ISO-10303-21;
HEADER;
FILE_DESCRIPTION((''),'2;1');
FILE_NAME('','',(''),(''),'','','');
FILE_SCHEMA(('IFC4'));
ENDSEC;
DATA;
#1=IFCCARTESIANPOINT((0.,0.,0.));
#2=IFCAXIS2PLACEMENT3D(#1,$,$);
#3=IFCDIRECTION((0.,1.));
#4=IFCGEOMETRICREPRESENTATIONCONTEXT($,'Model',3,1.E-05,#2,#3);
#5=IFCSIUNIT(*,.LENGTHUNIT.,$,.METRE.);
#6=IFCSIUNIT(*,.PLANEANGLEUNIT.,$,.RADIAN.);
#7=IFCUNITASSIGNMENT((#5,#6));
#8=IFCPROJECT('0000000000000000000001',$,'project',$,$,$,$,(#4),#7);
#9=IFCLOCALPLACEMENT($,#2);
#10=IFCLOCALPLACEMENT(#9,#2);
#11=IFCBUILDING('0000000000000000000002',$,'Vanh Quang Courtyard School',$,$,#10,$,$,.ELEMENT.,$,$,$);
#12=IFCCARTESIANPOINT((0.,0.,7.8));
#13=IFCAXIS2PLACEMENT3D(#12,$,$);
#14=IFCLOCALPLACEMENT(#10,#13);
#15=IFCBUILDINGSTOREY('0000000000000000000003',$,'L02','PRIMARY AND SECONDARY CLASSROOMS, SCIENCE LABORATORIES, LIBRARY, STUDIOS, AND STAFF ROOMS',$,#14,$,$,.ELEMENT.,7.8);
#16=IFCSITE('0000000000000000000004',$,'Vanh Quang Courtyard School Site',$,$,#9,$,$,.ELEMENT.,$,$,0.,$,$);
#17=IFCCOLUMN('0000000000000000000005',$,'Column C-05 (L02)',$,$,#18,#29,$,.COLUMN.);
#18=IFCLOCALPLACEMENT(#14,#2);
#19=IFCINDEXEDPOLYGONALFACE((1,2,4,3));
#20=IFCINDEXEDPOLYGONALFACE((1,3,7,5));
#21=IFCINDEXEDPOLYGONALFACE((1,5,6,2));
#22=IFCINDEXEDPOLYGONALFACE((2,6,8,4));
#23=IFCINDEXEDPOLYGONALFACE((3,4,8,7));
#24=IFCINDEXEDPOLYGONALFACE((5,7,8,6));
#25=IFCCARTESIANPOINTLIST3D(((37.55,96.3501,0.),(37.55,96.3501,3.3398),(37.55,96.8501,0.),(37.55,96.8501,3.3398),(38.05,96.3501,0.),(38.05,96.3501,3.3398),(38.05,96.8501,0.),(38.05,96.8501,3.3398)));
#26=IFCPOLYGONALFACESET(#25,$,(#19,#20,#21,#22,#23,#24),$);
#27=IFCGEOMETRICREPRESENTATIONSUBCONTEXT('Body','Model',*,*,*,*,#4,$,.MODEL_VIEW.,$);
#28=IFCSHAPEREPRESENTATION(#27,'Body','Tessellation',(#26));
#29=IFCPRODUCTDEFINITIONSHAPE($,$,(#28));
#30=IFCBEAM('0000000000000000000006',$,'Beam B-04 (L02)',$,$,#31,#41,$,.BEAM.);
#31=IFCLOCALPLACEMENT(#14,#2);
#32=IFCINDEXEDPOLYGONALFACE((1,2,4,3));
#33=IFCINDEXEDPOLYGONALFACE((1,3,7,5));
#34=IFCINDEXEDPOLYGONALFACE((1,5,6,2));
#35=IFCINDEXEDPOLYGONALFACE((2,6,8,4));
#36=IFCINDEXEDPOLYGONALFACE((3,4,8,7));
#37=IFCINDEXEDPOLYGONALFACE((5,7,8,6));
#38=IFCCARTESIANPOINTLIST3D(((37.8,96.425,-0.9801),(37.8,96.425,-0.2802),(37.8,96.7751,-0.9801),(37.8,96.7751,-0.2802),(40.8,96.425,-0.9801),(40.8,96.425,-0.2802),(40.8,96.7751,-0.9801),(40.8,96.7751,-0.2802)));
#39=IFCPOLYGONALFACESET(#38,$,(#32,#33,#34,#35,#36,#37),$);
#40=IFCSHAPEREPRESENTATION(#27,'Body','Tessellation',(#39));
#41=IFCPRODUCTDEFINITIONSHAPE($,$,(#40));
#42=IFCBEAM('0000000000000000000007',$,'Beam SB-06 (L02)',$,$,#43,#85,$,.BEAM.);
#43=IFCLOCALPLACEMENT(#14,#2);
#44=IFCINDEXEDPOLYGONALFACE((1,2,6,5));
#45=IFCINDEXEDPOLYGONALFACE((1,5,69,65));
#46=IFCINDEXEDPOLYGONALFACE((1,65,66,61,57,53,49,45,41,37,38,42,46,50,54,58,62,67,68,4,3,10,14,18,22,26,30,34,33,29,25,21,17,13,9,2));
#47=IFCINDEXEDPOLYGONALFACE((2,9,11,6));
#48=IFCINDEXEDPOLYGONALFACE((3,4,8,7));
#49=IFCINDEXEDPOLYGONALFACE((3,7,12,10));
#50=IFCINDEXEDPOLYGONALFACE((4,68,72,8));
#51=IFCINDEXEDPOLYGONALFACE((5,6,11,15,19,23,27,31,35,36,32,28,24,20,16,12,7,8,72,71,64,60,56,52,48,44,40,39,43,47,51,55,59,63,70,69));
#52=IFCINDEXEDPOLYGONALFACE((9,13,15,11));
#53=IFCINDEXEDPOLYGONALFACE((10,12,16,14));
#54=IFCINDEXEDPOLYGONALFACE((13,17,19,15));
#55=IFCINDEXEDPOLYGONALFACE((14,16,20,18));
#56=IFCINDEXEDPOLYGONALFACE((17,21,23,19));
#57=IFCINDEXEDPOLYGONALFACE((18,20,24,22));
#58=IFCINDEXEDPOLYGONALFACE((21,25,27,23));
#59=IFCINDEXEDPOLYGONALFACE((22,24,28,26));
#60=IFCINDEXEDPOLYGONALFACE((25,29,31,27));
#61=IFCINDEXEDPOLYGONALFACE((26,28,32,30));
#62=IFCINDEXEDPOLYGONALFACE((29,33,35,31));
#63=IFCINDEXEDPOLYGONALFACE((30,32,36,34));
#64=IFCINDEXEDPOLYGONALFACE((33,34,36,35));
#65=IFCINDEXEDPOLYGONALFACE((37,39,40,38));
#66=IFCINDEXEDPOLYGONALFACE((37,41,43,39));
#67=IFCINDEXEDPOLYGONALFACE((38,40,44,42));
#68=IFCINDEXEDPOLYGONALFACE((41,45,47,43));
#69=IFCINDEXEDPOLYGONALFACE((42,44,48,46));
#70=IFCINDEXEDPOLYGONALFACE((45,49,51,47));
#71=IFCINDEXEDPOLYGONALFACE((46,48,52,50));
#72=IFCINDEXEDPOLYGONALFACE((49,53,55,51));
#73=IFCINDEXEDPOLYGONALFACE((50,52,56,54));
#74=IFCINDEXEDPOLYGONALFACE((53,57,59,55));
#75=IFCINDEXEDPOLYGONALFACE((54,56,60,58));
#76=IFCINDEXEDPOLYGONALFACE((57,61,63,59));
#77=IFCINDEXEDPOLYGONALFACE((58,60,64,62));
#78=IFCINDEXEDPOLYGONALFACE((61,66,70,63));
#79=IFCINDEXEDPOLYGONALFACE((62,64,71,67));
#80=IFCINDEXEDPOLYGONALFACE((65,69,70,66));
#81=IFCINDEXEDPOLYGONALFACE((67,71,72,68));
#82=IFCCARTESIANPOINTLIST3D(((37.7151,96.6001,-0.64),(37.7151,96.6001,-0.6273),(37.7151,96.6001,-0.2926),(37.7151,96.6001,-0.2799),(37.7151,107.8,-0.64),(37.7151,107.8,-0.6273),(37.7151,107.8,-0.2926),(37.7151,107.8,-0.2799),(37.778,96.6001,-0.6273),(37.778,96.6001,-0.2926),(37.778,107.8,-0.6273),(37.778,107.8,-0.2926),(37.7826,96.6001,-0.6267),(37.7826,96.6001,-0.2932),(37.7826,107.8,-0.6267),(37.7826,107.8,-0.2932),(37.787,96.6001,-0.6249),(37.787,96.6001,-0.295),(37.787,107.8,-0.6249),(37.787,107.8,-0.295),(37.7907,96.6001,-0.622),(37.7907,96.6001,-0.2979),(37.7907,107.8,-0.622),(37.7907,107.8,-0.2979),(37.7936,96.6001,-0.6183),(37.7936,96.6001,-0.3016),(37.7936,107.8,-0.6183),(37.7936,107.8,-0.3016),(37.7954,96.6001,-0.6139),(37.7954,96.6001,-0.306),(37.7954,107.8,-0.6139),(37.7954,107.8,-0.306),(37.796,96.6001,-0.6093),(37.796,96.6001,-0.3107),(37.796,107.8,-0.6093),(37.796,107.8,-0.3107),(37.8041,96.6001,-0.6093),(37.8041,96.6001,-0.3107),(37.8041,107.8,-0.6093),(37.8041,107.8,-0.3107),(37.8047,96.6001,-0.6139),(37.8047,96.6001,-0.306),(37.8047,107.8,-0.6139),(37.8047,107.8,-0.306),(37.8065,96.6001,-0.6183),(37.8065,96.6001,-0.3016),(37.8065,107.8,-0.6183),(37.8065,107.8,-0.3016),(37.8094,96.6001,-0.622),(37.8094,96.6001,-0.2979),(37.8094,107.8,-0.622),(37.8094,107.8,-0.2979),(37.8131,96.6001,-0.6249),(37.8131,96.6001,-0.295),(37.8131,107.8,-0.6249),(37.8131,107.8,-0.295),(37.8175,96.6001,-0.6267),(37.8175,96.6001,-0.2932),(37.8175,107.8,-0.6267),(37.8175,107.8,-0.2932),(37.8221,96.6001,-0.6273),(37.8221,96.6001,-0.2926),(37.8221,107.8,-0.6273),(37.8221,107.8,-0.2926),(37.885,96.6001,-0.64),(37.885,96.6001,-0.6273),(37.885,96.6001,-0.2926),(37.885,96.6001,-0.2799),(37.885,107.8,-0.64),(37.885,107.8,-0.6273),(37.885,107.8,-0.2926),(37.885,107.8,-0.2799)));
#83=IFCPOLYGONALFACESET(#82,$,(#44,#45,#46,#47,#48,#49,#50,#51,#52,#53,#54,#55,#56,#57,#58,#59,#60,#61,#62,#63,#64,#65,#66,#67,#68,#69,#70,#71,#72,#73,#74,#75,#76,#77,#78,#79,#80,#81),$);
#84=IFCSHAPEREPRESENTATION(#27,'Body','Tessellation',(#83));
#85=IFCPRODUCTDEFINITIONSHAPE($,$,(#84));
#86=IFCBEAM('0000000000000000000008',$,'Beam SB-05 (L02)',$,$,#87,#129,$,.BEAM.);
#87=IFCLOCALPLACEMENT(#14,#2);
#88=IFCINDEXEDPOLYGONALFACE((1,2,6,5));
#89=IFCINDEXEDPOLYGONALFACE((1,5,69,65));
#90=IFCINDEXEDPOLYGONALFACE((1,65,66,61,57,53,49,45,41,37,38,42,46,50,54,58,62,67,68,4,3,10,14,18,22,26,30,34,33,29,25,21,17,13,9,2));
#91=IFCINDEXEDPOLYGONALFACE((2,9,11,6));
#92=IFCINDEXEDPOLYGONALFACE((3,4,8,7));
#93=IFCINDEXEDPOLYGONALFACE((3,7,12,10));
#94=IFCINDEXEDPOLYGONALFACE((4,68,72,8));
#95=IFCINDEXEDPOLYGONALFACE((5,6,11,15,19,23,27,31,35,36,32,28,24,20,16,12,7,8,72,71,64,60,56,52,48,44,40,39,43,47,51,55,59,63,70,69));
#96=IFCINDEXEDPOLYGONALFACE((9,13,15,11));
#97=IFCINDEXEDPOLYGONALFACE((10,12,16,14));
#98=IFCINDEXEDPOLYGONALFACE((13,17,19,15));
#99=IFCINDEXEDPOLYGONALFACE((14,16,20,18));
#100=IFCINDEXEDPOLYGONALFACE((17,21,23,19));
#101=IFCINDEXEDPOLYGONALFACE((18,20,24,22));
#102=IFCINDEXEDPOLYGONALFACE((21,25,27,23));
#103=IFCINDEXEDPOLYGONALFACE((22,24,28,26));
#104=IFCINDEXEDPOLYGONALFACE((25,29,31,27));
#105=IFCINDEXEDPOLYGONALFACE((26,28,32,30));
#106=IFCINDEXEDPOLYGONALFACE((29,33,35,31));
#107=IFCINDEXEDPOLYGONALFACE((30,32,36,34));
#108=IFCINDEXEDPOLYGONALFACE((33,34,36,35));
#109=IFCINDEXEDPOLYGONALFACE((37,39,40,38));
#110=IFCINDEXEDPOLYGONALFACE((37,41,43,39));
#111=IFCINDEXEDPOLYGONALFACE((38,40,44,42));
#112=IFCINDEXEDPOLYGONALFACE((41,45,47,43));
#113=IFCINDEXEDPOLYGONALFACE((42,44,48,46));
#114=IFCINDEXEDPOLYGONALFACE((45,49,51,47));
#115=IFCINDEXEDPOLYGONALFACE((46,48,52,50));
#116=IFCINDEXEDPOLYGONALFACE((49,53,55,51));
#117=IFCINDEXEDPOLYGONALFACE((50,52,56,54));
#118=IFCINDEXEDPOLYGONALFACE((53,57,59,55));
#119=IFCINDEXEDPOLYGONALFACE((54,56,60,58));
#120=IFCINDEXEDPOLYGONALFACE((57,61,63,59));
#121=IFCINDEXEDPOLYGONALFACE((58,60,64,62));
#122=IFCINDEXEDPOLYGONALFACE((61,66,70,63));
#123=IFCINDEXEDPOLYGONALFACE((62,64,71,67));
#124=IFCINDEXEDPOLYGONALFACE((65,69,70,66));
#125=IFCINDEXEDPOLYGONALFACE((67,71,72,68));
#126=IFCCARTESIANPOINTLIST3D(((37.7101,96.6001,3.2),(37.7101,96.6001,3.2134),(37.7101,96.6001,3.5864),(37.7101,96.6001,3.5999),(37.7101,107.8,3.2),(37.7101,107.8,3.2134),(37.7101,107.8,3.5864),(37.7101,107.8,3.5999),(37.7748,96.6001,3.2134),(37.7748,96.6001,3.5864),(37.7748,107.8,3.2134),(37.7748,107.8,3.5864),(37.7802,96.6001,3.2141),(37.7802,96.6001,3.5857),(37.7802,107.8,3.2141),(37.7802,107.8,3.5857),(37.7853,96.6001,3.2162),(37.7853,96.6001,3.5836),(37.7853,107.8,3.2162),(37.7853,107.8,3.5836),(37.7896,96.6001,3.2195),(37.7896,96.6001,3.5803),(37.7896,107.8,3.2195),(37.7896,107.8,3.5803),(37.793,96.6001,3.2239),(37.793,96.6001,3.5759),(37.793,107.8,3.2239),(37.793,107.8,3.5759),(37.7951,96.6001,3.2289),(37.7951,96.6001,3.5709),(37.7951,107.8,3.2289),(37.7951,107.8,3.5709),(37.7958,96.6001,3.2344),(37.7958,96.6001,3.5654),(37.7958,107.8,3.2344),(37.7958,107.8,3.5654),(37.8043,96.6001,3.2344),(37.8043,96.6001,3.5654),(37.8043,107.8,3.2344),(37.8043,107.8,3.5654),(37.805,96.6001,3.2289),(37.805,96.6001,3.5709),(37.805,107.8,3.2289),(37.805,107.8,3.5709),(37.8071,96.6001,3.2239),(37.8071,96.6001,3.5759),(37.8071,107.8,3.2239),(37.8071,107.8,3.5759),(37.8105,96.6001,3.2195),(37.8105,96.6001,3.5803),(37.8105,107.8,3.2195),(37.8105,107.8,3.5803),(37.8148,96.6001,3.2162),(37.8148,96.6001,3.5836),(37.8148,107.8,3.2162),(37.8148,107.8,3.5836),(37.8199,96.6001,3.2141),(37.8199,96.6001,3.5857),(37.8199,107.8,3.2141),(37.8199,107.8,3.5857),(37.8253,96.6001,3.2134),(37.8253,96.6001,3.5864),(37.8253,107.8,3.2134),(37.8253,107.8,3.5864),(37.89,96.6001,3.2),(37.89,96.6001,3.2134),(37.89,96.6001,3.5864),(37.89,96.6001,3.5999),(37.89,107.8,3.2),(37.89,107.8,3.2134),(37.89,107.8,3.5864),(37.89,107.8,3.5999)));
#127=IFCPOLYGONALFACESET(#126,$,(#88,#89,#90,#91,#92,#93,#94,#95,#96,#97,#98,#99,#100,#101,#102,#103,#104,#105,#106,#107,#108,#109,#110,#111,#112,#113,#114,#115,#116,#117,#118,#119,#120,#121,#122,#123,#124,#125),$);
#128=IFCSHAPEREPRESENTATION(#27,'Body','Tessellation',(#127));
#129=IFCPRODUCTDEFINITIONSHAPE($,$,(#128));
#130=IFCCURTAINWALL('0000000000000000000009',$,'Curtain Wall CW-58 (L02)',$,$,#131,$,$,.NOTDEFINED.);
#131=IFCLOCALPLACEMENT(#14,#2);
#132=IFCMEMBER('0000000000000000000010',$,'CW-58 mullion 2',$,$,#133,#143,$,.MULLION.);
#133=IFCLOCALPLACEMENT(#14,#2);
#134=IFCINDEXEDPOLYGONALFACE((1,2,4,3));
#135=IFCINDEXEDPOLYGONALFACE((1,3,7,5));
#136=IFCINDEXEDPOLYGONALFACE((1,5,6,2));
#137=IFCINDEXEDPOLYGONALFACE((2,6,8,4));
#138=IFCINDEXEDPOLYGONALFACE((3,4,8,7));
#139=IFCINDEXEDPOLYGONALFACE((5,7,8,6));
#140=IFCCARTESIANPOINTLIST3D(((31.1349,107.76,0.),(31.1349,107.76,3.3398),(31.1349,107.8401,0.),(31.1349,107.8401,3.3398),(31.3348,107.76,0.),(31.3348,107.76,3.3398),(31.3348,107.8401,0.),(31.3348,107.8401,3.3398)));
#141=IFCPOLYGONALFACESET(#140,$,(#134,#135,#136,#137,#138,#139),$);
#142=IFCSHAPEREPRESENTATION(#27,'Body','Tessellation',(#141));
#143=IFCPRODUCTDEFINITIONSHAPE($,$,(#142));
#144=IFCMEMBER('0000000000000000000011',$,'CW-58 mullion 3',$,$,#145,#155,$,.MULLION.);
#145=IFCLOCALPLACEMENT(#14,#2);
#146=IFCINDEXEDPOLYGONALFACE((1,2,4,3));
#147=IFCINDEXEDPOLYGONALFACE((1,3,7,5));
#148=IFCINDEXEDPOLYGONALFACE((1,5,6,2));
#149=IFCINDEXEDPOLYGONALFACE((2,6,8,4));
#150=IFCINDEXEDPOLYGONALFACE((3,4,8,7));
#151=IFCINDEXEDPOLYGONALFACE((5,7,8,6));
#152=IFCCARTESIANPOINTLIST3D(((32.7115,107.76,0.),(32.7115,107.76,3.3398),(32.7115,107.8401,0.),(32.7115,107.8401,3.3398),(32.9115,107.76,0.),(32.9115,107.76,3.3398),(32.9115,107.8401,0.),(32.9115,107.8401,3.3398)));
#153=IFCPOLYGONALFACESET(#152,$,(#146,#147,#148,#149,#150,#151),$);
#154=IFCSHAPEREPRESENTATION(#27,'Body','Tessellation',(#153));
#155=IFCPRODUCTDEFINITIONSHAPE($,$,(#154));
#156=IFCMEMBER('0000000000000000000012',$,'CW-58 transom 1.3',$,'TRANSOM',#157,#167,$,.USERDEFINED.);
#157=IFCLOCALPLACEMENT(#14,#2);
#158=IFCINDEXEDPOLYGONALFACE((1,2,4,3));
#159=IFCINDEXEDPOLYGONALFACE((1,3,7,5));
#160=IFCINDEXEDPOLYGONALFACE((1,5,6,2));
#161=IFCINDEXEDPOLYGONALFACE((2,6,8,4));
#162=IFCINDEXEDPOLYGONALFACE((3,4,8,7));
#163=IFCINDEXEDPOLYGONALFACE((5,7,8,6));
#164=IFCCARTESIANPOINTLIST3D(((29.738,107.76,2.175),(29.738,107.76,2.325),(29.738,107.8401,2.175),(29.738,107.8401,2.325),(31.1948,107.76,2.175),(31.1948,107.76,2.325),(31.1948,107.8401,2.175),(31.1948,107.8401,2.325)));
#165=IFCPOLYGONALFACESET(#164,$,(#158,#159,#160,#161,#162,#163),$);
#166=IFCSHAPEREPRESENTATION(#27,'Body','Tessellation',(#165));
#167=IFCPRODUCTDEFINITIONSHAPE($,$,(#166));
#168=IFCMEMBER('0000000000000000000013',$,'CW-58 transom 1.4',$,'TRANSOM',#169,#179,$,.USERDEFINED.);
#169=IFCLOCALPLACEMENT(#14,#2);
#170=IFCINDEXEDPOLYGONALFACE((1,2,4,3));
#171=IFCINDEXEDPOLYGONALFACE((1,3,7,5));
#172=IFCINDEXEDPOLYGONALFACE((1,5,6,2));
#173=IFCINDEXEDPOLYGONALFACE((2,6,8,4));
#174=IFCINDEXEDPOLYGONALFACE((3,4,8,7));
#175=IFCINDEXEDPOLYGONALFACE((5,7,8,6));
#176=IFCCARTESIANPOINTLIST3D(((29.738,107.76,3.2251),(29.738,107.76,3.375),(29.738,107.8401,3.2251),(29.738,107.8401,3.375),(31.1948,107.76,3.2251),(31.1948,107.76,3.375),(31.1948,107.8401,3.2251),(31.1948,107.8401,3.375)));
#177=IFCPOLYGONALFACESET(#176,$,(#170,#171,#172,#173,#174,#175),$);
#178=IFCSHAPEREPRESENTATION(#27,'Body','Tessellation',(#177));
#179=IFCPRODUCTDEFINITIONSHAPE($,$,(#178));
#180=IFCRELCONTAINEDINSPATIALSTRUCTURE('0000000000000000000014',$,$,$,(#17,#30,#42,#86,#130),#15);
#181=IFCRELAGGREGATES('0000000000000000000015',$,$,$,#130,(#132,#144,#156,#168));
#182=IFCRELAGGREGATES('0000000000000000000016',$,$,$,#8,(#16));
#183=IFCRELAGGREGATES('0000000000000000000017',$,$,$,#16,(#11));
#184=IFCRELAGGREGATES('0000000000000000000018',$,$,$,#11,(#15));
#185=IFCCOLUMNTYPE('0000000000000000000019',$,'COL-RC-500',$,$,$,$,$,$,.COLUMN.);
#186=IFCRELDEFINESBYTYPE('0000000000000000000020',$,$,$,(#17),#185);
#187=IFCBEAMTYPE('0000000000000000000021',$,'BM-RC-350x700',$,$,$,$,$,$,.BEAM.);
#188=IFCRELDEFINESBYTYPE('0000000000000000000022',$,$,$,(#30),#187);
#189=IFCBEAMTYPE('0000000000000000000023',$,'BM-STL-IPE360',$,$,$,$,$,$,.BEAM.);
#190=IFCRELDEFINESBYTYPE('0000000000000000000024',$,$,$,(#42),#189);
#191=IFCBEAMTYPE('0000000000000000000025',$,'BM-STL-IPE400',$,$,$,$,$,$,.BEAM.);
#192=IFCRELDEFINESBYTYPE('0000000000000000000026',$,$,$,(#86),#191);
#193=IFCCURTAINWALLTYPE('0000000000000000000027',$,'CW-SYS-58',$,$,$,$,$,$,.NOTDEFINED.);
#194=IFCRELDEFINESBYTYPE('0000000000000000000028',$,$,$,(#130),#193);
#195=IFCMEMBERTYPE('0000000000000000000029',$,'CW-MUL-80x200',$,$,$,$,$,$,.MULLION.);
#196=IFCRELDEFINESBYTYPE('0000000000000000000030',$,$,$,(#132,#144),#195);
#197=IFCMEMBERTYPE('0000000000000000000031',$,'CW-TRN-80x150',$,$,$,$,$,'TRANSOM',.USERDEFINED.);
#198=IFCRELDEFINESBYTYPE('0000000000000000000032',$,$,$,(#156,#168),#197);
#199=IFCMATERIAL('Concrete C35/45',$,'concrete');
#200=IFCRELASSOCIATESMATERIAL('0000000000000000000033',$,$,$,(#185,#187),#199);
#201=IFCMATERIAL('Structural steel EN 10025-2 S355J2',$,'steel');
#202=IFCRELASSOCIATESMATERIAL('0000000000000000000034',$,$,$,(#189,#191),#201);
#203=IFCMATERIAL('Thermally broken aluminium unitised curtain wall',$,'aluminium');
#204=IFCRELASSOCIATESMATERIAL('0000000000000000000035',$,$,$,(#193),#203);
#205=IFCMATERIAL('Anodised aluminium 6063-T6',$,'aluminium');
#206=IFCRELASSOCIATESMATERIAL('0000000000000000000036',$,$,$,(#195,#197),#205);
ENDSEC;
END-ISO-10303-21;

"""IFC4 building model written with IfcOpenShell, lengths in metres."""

from ifc_helpers import new_model, si_unit, direction, frame, origin, origin_2d, place, context, subcontext, project, spatial, rectangle, i_section, extrude, material, material_profile, profile_set, type_object, element, aggregate, save


model = new_model("IFC4")

# Units and contexts
model_context = context("Model", 3, precision=1e-05, world=origin(), true_north=direction((0.0, 1.0)))
body_context = subcontext(model_context, "Body", "Model", "MODEL_VIEW")
ifc_project = project(units=[si_unit("LENGTHUNIT", "METRE"), si_unit("PLANEANGLEUNIT", "RADIAN")], contexts=[model_context])

# Site, building, storey
site_placement = place(None, origin())
site = spatial("IfcSite", under=ifc_project, at=site_placement, Name="Vanh Quang Courtyard School Site", CompositionType="ELEMENT", RefElevation=0.0)
building_placement = place(site_placement, origin())
building = spatial("IfcBuilding", under=site, at=building_placement, Name="Vanh Quang Courtyard School", CompositionType="ELEMENT")
storey_placement = place(building_placement, frame((0.0, 0.0, 7.8)))
storey = spatial("IfcBuildingStorey", under=building, at=storey_placement, Name="L02", Description="PRIMARY AND SECONDARY CLASSROOMS, SCIENCE LABORATORIES, LIBRARY, STUDIOS, AND STAFF ROOMS", CompositionType="ELEMENT", Elevation=7.8)

# Column
ifc_material_1 = material(Name="Concrete C35/45", Category="concrete")
ifc_material_profile_1 = material_profile(ifc_material_1, rectangle(XDim=0.5, YDim=0.5, at=origin_2d()), Name="RC-COL 500x500")
ifc_profile_set_1 = profile_set([ifc_material_profile_1], Name="Concrete C35/45")
column_type = type_object("IfcColumnType", Name="COL-RC-500", PredefinedType="COLUMN", material=ifc_profile_set_1)
column_placement = place(storey_placement, frame((37.8, 96.6001, 0.0), z_axis=(0.0, 0.0, 1.0), x_axis=(1.0, 0.0, 0.0)))
element("IfcColumn", 1, at=column_placement, inside=storey, type_object=column_type, Name="Column C-05 (L02)", PredefinedType="COLUMN", context=body_context, shape_type="SweptSolid", body=[
    extrude(rectangle(XDim=0.5, YDim=0.5, at=origin_2d()), origin(), (0.0, 0.0, 1.0), 3.3398),
])

# Beams
ifc_material_profile_2 = material_profile(ifc_material_1, rectangle(XDim=0.3501, YDim=0.7, at=origin_2d()), Name="RC-BM 350x700")
ifc_profile_set_2 = profile_set([ifc_material_profile_2], Name="Concrete C35/45")
beam_type_1 = type_object("IfcBeamType", Name="BM-RC-350x700", PredefinedType="BEAM", material=ifc_profile_set_2)
beam_1_placement = place(storey_placement, frame((37.8, 96.6001, -0.6301), z_axis=(1.0, 0.0, 0.0), x_axis=(0.0, 1.0, 0.0)))
element("IfcBeam", 2, at=beam_1_placement, inside=storey, type_object=beam_type_1, Name="Beam B-04 (L02)", PredefinedType="BEAM", context=body_context, shape_type="SweptSolid", body=[
    extrude(rectangle(XDim=0.3501, YDim=0.7, at=origin_2d()), origin(), (0.0, 0.0, 1.0), 3.0),
])
ifc_material_2 = material(Name="Structural steel EN 10025-2 S355J2", Category="steel")
ifc_material_profile_3 = material_profile(ifc_material_2, i_section(OverallWidth=0.1699, OverallDepth=0.3601, WebThickness=0.0081, FlangeThickness=0.0127, FilletRadius=0.0181, at=origin_2d()), Name="IPE 360")
ifc_profile_set_3 = profile_set([ifc_material_profile_3], Name="Structural steel EN 10025-2 S355J2")
beam_type_2 = type_object("IfcBeamType", Name="BM-STL-IPE360", PredefinedType="BEAM", material=ifc_profile_set_3)
beam_2_placement = place(storey_placement, frame((37.8, 96.6001, -0.46), z_axis=(0.0, 1.0, 0.0), x_axis=(-1.0, 0.0, 0.0)))
element("IfcBeam", 3, at=beam_2_placement, inside=storey, type_object=beam_type_2, Name="Beam SB-06 (L02)", PredefinedType="BEAM", context=body_context, shape_type="SweptSolid", body=[
    extrude(i_section(OverallWidth=0.1699, OverallDepth=0.3601, WebThickness=0.0081, FlangeThickness=0.0127, FilletRadius=0.0181, at=origin_2d()), origin(), (0.0, 0.0, 1.0), 11.2),
])
ifc_material_profile_4 = material_profile(ifc_material_2, i_section(OverallWidth=0.1799, OverallDepth=0.3999, WebThickness=0.0085, FlangeThickness=0.0134, FilletRadius=0.021, at=origin_2d()), Name="IPE 400")
ifc_profile_set_4 = profile_set([ifc_material_profile_4], Name="Structural steel EN 10025-2 S355J2")
beam_type_3 = type_object("IfcBeamType", Name="BM-STL-IPE400", PredefinedType="BEAM", material=ifc_profile_set_4)
beam_3_placement = place(storey_placement, frame((37.8, 96.6001, 3.3999), z_axis=(0.0, 1.0, 0.0), x_axis=(-1.0, 0.0, 0.0)))
element("IfcBeam", 4, at=beam_3_placement, inside=storey, type_object=beam_type_3, Name="Beam SB-05 (L02)", PredefinedType="BEAM", context=body_context, shape_type="SweptSolid", body=[
    extrude(i_section(OverallWidth=0.1799, OverallDepth=0.3999, WebThickness=0.0085, FlangeThickness=0.0134, FilletRadius=0.021, at=origin_2d()), origin(), (0.0, 0.0, 1.0), 11.2),
])

# Curtain wall, members
ifc_material_3 = material(Name="Thermally broken aluminium unitised curtain wall", Category="aluminium")
curtain_wall_type = type_object("IfcCurtainWallType", Name="CW-SYS-58", PredefinedType="NOTDEFINED", material=ifc_material_3)
curtain_wall_placement = place(storey_placement, origin())
curtain_wall = element("IfcCurtainWall", 5, at=curtain_wall_placement, inside=storey, type_object=curtain_wall_type, Name="Curtain Wall CW-58 (L02)", PredefinedType="NOTDEFINED")
ifc_material_4 = material(Name="Anodised aluminium 6063-T6", Category="aluminium")
ifc_material_profile_5 = material_profile(ifc_material_4, rectangle(XDim=0.0801, YDim=0.2, at=origin_2d()), Name="ALU-MUL 80x200")
ifc_profile_set_5 = profile_set([ifc_material_profile_5], Name="Anodised aluminium 6063-T6")
member_type_1 = type_object("IfcMemberType", Name="CW-MUL-80x200", PredefinedType="MULLION", material=ifc_profile_set_5)
member_1_placement = place(storey_placement, frame((31.2349, 107.8, 0.0), z_axis=(0.0, 0.0, 1.0), x_axis=(0.0, 1.0, 0.0)))
member_1 = element("IfcMember", 6, at=member_1_placement, type_object=member_type_1, Name="CW-58 mullion 2", PredefinedType="MULLION", context=body_context, shape_type="SweptSolid", body=[
    extrude(rectangle(XDim=0.0801, YDim=0.2, at=origin_2d()), origin(), (0.0, 0.0, 1.0), 3.3398),
])
member_2_placement = place(storey_placement, frame((32.8115, 107.8, 0.0), z_axis=(0.0, 0.0, 1.0), x_axis=(0.0, 1.0, 0.0)))
member_2 = element("IfcMember", 7, at=member_2_placement, type_object=member_type_1, Name="CW-58 mullion 3", PredefinedType="MULLION", context=body_context, shape_type="SweptSolid", body=[
    extrude(rectangle(XDim=0.0801, YDim=0.2, at=origin_2d()), origin(), (0.0, 0.0, 1.0), 3.3398),
])
ifc_material_profile_6 = material_profile(ifc_material_4, rectangle(XDim=0.0801, YDim=0.1499, at=origin_2d()), Name="ALU-TRN 80x150")
ifc_profile_set_6 = profile_set([ifc_material_profile_6], Name="Anodised aluminium 6063-T6")
member_type_2 = type_object("IfcMemberType", Name="CW-TRN-80x150", ElementType="TRANSOM", PredefinedType="USERDEFINED", material=ifc_profile_set_6)
member_3_placement = place(storey_placement, frame((29.738, 107.8, 2.25), z_axis=(1.0, 0.0, 0.0), x_axis=(0.0, 1.0, 0.0)))
member_3 = element("IfcMember", 8, at=member_3_placement, type_object=member_type_2, Name="CW-58 transom 1.3", ObjectType="TRANSOM", PredefinedType="USERDEFINED", context=body_context, shape_type="SweptSolid", body=[
    extrude(rectangle(XDim=0.0801, YDim=0.1499, at=origin_2d()), origin(), (0.0, 0.0, 1.0), 1.4568),
])
member_4_placement = place(storey_placement, frame((29.738, 107.8, 3.3), z_axis=(1.0, 0.0, 0.0), x_axis=(0.0, 1.0, 0.0)))
member_4 = element("IfcMember", 9, at=member_4_placement, type_object=member_type_2, Name="CW-58 transom 1.4", ObjectType="TRANSOM", PredefinedType="USERDEFINED", context=body_context, shape_type="SweptSolid", body=[
    extrude(rectangle(XDim=0.0801, YDim=0.1499, at=origin_2d()), origin(), (0.0, 0.0, 1.0), 1.4568),
])
aggregate(curtain_wall, [member_1, member_2, member_3, member_4])

save(model, "model.ifc")
